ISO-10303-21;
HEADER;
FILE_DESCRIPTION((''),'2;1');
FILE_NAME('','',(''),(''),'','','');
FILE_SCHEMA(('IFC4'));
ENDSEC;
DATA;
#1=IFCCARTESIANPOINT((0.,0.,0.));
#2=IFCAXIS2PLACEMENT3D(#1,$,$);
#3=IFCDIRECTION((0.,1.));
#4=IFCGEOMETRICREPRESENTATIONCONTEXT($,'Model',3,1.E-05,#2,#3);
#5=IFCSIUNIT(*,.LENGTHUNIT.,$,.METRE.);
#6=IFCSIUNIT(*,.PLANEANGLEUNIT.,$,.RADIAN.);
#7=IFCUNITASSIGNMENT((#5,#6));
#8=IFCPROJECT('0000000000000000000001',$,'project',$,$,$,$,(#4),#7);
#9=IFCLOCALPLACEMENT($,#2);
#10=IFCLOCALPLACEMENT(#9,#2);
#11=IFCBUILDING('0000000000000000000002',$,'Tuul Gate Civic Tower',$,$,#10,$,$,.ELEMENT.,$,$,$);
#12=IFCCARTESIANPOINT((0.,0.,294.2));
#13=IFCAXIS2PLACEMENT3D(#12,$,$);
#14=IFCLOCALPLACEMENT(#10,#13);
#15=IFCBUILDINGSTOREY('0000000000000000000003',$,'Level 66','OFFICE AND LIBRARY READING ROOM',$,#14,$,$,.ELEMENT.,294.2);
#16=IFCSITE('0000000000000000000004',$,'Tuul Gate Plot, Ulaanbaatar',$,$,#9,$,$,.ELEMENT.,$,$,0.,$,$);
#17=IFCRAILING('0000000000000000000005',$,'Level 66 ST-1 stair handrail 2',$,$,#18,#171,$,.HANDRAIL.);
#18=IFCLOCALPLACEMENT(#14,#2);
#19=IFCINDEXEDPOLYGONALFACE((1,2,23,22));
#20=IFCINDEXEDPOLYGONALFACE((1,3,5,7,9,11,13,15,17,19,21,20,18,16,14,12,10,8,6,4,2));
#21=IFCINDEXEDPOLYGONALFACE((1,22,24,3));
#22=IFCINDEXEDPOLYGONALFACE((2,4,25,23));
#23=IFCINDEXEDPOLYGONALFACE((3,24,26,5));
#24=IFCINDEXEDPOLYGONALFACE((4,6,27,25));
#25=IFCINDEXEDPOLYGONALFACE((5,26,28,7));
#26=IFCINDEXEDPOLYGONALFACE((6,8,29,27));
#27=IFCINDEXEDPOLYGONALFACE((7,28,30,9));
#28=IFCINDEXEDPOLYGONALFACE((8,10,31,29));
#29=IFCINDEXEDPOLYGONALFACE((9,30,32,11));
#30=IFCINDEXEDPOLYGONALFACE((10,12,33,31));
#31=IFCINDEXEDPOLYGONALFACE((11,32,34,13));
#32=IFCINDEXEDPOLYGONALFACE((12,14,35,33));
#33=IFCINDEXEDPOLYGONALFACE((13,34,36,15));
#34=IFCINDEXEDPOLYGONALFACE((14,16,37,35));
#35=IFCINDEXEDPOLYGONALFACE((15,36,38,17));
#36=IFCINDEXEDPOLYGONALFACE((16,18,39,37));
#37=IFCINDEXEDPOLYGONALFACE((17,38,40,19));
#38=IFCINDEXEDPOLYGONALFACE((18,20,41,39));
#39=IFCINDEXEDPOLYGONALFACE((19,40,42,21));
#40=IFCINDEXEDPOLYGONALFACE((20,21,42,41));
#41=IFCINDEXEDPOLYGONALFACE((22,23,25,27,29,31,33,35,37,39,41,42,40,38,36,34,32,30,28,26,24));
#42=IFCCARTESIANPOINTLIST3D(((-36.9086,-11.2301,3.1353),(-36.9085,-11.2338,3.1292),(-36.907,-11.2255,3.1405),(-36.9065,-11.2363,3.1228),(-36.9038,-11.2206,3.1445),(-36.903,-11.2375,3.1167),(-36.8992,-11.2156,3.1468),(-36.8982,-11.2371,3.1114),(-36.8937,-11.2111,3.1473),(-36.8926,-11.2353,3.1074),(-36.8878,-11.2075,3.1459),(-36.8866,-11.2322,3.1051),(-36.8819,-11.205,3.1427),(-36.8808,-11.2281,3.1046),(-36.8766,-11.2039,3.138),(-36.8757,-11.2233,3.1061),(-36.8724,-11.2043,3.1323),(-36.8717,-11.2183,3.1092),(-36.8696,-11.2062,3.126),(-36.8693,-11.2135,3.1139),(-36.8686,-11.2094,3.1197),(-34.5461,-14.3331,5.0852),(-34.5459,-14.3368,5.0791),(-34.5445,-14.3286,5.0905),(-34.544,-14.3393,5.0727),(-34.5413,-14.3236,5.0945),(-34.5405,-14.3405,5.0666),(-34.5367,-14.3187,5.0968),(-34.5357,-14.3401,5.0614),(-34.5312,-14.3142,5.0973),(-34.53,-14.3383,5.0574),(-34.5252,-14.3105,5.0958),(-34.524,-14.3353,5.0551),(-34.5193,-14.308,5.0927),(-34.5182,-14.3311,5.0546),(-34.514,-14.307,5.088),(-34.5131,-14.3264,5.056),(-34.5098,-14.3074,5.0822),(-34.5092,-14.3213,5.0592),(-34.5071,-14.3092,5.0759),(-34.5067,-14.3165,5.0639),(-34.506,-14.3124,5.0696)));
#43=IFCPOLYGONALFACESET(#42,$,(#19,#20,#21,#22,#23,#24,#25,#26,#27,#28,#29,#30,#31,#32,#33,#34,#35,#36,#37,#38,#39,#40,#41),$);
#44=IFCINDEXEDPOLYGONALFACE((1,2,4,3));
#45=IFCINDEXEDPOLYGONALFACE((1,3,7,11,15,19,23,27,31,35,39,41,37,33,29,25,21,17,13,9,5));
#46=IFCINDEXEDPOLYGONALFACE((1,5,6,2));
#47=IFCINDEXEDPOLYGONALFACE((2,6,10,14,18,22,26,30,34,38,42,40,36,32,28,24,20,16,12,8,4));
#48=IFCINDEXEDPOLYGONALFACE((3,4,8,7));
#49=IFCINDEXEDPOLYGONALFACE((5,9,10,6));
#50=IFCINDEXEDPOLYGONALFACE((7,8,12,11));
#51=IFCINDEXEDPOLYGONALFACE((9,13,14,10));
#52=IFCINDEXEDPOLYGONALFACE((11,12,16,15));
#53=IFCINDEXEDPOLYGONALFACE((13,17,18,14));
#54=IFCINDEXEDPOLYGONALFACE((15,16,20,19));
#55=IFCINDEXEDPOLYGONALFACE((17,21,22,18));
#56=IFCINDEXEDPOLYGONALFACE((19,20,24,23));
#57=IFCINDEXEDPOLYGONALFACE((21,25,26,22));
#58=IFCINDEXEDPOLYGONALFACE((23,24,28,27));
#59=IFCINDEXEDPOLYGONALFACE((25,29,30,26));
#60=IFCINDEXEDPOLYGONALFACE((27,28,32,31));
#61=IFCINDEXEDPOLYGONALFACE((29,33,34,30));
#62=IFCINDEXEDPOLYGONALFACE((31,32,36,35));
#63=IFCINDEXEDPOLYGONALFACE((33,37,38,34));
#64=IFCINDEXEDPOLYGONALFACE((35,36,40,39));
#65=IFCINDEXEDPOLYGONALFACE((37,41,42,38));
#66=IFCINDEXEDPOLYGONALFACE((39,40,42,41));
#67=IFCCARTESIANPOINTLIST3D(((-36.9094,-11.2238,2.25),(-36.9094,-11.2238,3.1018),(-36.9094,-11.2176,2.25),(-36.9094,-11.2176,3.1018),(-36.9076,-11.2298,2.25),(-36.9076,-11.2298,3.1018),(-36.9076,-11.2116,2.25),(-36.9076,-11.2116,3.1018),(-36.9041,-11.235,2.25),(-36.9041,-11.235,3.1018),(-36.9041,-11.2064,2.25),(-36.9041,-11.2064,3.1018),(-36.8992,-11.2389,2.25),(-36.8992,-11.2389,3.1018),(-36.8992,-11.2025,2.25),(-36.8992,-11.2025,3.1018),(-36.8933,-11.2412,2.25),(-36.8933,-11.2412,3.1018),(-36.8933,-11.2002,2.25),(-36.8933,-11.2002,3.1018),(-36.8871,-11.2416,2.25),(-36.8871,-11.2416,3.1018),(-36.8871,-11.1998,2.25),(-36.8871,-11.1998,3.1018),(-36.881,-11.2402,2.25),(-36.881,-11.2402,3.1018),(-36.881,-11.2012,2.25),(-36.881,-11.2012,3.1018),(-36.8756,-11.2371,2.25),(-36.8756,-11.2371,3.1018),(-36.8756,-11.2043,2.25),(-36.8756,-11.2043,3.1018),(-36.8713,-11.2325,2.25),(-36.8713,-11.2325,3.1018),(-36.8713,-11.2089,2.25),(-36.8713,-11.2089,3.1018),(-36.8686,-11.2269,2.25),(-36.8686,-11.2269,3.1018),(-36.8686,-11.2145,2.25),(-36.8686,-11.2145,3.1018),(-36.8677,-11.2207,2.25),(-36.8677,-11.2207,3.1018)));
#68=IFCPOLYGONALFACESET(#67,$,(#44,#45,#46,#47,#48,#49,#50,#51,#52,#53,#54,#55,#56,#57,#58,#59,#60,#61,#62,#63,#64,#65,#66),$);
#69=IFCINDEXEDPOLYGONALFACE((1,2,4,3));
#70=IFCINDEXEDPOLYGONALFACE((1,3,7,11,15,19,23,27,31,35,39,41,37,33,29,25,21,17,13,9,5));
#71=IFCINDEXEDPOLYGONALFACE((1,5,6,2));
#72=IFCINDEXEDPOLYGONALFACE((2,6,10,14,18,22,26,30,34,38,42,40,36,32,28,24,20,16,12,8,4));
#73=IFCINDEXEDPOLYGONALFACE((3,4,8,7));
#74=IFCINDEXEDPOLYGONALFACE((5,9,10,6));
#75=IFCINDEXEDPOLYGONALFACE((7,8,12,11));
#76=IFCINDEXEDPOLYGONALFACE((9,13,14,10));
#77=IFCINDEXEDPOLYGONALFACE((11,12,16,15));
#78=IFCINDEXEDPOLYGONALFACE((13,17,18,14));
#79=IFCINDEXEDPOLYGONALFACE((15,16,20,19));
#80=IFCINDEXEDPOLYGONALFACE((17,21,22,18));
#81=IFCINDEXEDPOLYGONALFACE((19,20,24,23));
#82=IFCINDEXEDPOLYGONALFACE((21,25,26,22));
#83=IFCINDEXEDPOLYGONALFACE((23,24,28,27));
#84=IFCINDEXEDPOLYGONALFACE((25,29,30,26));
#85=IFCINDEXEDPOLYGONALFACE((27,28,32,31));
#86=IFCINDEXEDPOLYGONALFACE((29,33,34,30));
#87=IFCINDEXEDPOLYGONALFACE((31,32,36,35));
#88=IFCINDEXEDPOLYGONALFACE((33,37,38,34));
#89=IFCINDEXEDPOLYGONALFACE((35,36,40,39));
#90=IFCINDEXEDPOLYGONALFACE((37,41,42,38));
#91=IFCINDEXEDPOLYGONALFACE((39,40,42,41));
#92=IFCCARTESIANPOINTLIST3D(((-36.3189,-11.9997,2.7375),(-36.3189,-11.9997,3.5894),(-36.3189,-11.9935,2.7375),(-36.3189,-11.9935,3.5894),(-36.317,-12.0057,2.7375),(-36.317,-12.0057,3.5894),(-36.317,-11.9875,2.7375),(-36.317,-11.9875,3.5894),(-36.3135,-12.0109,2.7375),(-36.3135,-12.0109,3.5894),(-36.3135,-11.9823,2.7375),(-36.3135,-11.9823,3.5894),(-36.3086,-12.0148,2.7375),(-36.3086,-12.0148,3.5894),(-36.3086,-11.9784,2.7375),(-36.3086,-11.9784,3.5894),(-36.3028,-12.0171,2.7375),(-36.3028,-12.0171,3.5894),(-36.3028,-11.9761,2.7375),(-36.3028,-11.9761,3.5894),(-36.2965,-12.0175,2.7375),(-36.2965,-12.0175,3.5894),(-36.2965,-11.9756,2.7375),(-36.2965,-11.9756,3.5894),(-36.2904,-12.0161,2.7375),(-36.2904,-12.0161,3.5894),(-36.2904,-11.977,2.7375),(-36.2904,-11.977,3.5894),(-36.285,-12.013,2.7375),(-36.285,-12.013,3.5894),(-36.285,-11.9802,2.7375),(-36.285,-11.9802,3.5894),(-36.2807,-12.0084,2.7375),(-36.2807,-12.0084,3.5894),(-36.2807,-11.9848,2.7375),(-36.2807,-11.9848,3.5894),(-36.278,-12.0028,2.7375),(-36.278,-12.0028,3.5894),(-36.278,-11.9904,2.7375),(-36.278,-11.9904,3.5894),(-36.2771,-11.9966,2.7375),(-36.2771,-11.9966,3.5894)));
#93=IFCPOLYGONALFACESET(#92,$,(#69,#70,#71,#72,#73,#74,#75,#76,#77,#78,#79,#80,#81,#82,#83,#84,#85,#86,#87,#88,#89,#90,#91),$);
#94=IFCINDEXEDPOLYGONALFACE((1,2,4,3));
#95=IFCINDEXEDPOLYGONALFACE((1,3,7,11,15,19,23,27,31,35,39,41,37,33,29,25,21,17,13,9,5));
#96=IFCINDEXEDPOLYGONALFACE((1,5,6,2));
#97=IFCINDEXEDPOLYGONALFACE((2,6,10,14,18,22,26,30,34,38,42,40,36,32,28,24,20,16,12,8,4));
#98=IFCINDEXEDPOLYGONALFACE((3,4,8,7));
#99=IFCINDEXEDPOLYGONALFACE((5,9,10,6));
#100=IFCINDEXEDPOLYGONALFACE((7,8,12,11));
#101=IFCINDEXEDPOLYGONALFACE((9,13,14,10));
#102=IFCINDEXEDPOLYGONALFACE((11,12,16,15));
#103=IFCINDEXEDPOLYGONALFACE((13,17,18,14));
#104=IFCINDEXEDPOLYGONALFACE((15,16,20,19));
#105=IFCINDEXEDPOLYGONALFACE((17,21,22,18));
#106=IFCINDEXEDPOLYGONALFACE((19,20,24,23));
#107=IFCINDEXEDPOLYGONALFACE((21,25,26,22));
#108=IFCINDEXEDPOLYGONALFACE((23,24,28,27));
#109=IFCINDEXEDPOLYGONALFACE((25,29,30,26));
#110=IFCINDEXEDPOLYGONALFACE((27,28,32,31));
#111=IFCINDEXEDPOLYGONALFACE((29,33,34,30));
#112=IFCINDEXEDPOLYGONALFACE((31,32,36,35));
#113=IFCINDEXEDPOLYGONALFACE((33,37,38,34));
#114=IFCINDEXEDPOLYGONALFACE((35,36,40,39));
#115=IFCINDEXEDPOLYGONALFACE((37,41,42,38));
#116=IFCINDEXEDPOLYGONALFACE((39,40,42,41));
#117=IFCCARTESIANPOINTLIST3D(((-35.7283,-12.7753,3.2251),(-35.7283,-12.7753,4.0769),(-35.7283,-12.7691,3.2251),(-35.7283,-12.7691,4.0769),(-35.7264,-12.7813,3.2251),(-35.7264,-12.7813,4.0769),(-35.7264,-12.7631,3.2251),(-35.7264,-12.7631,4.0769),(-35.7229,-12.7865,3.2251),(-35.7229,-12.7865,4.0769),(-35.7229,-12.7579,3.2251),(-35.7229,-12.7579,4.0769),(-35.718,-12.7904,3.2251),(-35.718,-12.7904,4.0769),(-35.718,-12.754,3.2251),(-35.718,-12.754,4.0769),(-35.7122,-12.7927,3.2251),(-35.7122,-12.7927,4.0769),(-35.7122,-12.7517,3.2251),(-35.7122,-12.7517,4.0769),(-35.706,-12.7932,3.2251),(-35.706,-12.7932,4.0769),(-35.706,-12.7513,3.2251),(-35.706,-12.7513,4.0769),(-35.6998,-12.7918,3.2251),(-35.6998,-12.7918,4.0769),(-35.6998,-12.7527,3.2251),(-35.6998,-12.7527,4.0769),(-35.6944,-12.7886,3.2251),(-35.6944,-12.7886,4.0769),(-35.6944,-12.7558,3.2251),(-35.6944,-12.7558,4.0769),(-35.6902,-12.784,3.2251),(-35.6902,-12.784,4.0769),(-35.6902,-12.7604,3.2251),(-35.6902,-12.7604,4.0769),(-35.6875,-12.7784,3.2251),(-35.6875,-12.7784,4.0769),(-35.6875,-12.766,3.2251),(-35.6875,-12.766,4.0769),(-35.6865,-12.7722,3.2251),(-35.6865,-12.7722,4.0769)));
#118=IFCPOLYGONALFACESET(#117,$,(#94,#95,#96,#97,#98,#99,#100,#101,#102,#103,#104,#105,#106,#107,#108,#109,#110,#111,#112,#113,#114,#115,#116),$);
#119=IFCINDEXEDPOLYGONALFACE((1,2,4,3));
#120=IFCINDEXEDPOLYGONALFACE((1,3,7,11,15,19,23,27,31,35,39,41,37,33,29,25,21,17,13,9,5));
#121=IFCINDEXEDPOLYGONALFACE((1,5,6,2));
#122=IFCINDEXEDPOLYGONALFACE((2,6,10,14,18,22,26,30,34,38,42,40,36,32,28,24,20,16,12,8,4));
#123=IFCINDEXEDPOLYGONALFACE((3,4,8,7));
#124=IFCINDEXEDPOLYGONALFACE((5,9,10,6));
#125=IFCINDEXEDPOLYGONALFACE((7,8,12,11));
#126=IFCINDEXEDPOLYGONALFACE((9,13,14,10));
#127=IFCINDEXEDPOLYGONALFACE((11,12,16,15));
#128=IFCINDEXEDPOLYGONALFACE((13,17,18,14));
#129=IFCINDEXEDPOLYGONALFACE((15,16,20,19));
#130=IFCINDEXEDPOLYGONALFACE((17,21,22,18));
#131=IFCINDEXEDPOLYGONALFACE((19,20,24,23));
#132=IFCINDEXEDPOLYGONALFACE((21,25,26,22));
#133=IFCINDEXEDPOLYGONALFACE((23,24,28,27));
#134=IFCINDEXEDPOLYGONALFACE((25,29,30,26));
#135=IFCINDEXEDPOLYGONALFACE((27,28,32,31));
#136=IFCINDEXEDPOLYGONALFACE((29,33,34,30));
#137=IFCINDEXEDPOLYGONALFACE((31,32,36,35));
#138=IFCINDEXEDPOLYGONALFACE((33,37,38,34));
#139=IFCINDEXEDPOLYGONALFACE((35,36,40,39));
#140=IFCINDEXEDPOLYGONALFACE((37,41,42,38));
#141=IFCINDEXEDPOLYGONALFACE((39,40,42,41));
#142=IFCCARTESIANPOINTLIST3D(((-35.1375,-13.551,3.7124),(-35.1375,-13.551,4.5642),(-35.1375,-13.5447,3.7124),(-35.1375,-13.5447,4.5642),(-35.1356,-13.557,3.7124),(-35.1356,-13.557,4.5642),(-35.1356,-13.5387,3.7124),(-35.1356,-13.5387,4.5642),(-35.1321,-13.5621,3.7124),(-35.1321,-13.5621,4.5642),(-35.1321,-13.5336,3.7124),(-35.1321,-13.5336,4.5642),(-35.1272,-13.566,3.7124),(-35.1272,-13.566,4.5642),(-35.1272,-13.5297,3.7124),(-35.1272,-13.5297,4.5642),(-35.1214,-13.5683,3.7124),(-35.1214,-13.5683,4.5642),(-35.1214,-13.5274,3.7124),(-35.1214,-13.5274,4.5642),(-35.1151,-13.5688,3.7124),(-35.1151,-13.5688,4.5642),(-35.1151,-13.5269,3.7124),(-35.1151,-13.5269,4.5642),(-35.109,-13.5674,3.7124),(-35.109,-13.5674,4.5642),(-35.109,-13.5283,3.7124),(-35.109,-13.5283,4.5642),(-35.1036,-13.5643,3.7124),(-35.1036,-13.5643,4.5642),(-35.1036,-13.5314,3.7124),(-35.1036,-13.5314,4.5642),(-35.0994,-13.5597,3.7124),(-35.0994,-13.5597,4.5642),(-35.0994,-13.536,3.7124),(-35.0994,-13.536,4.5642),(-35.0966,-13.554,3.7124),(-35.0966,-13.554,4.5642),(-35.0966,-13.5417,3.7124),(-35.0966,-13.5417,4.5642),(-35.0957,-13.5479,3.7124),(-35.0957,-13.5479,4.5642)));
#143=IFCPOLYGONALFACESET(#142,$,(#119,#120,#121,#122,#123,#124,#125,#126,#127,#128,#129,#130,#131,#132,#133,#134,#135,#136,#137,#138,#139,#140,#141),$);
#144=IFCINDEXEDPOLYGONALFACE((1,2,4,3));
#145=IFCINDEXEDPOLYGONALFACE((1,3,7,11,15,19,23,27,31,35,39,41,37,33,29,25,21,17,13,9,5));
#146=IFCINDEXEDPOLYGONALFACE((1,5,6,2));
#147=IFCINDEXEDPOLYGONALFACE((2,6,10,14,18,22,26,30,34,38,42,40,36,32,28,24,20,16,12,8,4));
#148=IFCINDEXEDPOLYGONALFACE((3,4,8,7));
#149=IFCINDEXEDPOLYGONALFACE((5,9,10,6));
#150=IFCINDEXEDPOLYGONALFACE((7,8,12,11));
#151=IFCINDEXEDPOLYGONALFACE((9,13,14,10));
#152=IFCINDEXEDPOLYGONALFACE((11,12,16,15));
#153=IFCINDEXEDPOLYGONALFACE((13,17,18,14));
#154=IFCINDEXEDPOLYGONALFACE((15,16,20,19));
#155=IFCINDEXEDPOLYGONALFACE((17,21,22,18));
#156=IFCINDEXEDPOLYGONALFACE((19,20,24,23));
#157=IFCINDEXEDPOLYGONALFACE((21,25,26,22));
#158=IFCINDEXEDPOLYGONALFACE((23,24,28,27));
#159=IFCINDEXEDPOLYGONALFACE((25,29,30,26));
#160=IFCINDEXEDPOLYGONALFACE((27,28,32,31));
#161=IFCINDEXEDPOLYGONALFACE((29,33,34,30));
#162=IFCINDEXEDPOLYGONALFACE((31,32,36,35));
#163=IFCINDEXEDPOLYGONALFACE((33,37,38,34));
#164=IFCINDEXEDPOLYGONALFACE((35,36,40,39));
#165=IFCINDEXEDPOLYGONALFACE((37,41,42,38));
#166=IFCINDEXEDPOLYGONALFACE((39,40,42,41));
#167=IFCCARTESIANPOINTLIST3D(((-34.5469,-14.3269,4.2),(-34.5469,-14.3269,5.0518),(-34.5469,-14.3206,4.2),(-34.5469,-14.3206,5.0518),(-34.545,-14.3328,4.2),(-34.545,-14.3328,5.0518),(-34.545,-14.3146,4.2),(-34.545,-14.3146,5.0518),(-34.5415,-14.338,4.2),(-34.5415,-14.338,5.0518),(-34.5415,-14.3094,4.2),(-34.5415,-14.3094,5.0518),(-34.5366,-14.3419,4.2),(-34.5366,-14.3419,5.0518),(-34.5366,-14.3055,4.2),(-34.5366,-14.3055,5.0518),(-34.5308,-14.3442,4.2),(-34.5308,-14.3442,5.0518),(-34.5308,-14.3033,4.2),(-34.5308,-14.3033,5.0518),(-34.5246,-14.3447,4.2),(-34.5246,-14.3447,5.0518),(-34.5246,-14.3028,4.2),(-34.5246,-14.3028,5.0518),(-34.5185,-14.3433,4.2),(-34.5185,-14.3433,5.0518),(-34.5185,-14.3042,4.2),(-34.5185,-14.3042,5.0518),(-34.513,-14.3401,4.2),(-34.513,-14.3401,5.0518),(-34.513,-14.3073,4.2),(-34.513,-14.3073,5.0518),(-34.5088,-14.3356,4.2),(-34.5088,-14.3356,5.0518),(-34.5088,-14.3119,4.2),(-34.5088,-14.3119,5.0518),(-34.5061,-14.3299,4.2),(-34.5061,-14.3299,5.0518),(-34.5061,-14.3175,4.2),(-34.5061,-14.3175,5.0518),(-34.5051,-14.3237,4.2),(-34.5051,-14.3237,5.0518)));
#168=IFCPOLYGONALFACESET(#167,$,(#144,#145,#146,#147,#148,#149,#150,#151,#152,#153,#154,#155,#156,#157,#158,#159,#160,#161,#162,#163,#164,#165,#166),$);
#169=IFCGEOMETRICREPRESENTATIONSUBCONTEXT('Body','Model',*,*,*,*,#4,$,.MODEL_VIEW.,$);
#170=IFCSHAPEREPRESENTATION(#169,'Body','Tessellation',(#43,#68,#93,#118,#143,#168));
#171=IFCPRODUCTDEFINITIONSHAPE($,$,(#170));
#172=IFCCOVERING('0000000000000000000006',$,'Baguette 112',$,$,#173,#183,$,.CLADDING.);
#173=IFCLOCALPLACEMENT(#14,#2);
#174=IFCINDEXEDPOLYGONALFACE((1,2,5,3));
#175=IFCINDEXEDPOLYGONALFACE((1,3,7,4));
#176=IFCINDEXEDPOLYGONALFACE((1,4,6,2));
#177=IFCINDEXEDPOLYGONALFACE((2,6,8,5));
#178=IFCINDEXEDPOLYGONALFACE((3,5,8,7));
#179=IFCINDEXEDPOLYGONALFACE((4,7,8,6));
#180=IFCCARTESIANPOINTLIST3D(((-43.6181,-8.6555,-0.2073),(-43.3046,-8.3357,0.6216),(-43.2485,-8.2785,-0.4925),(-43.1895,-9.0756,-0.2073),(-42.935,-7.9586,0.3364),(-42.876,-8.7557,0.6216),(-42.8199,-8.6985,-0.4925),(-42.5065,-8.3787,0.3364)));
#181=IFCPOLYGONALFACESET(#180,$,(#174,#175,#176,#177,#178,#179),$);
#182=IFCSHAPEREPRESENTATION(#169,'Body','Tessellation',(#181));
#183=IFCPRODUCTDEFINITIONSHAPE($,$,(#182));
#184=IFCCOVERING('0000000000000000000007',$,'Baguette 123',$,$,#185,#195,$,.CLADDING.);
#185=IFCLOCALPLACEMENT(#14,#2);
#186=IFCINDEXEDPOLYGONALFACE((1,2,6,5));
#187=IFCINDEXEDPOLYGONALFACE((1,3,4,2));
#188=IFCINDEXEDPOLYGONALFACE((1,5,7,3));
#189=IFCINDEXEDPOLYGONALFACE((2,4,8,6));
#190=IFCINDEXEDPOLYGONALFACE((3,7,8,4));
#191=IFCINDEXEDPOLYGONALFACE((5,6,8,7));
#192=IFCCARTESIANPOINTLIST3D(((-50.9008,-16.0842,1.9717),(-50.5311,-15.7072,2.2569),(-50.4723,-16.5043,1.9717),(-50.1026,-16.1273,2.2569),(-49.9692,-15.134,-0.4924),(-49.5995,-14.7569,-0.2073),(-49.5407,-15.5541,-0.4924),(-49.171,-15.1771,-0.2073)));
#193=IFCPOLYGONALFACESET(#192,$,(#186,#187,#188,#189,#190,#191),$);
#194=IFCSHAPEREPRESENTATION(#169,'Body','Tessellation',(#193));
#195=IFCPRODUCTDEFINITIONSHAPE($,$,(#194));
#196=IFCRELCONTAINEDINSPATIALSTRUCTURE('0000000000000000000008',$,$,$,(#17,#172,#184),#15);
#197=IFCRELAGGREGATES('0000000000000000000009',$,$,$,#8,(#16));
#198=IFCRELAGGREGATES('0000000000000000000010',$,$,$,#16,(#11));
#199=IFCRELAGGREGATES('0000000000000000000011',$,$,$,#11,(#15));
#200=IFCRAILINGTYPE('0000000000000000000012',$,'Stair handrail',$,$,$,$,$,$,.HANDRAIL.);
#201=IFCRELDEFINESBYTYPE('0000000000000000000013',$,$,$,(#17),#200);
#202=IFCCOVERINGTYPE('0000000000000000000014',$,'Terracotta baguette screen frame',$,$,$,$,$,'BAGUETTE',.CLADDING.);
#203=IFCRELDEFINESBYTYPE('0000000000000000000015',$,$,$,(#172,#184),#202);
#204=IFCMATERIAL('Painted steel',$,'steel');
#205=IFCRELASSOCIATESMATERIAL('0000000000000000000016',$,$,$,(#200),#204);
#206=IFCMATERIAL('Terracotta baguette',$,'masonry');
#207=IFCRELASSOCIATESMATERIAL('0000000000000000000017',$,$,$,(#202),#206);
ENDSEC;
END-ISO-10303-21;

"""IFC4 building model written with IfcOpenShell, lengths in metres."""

from ifc_helpers import new_model, si_unit, direction, frame, origin, origin_2d, place, context, subcontext, project, spatial, rectangle, circle, extrude, material, material_profile, profile_set, type_object, element, save


model = new_model("IFC4")

# Units and contexts
model_context = context("Model", 3, precision=1e-05, world=origin(), true_north=direction((0.0, 1.0)))
body_context = subcontext(model_context, "Body", "Model", "MODEL_VIEW")
ifc_project = project(units=[si_unit("LENGTHUNIT", "METRE"), si_unit("PLANEANGLEUNIT", "RADIAN")], contexts=[model_context])

# Site, building, storey
site_placement = place(None, origin())
site = spatial("IfcSite", under=ifc_project, at=site_placement, Name="Tuul Gate Plot, Ulaanbaatar", CompositionType="ELEMENT", RefElevation=0.0)
building_placement = place(site_placement, origin())
building = spatial("IfcBuilding", under=site, at=building_placement, Name="Tuul Gate Civic Tower", CompositionType="ELEMENT")
storey_placement = place(building_placement, frame((0.0, 0.0, 294.2)))
storey = spatial("IfcBuildingStorey", under=building, at=storey_placement, Name="Level 66", Description="OFFICE AND LIBRARY READING ROOM", CompositionType="ELEMENT", Elevation=294.2)

# Railing
ifc_material_1 = material(Name="Painted steel", Category="steel")
railing_type_1 = type_object("IfcRailingType", Name="Stair handrail", PredefinedType="HANDRAIL", material=ifc_material_1)
railing_1_placement = place(storey_placement, frame((-36.8887, -11.2207, 2.25)))
element("IfcRailing", 1, at=railing_1_placement, inside=storey, type_object=railing_type_1, Name="Level 66 ST-1 stair handrail 2", PredefinedType="HANDRAIL", context=body_context, shape_type="SweptSolid", body=[
    extrude(circle(Radius=0.0239, at=origin_2d()), frame((0.0, 0.0, 0.876), z_axis=(0.541824, -0.711645, 0.4472), x_axis=(0.795637, 0.605773, 0.0)), (0.0, 0.0, 1.0), 4.3604),
    extrude(circle(Radius=0.021, at=origin_2d()), origin(), (0.0, 0.0, 1.0), 0.8518),
    extrude(circle(Radius=0.021, at=origin_2d()), frame((0.5906, -0.7759, 0.4875)), (0.0, 0.0, 1.0), 0.8518),
    extrude(circle(Radius=0.021, at=origin_2d()), frame((1.1812, -1.5515, 0.9751)), (0.0, 0.0, 1.0), 0.8518),
    extrude(circle(Radius=0.021, at=origin_2d()), frame((1.772, -2.3271, 1.4624)), (0.0, 0.0, 1.0), 0.8518),
    extrude(circle(Radius=0.021, at=origin_2d()), frame((2.3625, -3.103, 1.95)), (0.0, 0.0, 1.0), 0.8518),
])

# Coverings
ifc_material_2 = material(Name="Terracotta baguette", Category="masonry")
ifc_material_profile_1 = material_profile(ifc_material_2, rectangle(XDim=0.6001, YDim=0.6001, at=origin_2d()), Name="Terracotta baguette screen frame")
ifc_profile_set_1 = profile_set([ifc_material_profile_1], Name="Terracotta baguette")
covering_type = type_object("IfcCoveringType", Name="Terracotta baguette screen frame", ElementType="BAGUETTE", PredefinedType="CLADDING", material=ifc_profile_set_1)
covering_1_placement = place(storey_placement, frame((-42.9055, -8.3572, 0.479), z_axis=(-0.332741, -0.339479, -0.879794), x_axis=(0.714158, -0.699984, 0.0)))
element("IfcCovering", 2, at=covering_1_placement, inside=storey, type_object=covering_type, Name="Baguette 112", PredefinedType="CLADDING", context=body_context, shape_type="SweptSolid", body=[
    extrude(rectangle(XDim=0.6001, YDim=0.6001, at=origin_2d()), origin(), (0.0, 0.0, 1.0), 0.9421),
])
covering_2_placement = place(storey_placement, frame((-49.5701, -15.1555, -0.3499), z_axis=(-0.332672, -0.339298, 0.87989), x_axis=(0.714044, -0.700101, 0.0)))
element("IfcCovering", 3, at=covering_2_placement, inside=storey, type_object=covering_type, Name="Baguette 123", PredefinedType="CLADDING", context=body_context, shape_type="SweptSolid", body=[
    extrude(rectangle(XDim=0.6001, YDim=0.6001, at=origin_2d()), origin(), (0.0, 0.0, 1.0), 2.8005),
])

save(model, "model.ifc")
